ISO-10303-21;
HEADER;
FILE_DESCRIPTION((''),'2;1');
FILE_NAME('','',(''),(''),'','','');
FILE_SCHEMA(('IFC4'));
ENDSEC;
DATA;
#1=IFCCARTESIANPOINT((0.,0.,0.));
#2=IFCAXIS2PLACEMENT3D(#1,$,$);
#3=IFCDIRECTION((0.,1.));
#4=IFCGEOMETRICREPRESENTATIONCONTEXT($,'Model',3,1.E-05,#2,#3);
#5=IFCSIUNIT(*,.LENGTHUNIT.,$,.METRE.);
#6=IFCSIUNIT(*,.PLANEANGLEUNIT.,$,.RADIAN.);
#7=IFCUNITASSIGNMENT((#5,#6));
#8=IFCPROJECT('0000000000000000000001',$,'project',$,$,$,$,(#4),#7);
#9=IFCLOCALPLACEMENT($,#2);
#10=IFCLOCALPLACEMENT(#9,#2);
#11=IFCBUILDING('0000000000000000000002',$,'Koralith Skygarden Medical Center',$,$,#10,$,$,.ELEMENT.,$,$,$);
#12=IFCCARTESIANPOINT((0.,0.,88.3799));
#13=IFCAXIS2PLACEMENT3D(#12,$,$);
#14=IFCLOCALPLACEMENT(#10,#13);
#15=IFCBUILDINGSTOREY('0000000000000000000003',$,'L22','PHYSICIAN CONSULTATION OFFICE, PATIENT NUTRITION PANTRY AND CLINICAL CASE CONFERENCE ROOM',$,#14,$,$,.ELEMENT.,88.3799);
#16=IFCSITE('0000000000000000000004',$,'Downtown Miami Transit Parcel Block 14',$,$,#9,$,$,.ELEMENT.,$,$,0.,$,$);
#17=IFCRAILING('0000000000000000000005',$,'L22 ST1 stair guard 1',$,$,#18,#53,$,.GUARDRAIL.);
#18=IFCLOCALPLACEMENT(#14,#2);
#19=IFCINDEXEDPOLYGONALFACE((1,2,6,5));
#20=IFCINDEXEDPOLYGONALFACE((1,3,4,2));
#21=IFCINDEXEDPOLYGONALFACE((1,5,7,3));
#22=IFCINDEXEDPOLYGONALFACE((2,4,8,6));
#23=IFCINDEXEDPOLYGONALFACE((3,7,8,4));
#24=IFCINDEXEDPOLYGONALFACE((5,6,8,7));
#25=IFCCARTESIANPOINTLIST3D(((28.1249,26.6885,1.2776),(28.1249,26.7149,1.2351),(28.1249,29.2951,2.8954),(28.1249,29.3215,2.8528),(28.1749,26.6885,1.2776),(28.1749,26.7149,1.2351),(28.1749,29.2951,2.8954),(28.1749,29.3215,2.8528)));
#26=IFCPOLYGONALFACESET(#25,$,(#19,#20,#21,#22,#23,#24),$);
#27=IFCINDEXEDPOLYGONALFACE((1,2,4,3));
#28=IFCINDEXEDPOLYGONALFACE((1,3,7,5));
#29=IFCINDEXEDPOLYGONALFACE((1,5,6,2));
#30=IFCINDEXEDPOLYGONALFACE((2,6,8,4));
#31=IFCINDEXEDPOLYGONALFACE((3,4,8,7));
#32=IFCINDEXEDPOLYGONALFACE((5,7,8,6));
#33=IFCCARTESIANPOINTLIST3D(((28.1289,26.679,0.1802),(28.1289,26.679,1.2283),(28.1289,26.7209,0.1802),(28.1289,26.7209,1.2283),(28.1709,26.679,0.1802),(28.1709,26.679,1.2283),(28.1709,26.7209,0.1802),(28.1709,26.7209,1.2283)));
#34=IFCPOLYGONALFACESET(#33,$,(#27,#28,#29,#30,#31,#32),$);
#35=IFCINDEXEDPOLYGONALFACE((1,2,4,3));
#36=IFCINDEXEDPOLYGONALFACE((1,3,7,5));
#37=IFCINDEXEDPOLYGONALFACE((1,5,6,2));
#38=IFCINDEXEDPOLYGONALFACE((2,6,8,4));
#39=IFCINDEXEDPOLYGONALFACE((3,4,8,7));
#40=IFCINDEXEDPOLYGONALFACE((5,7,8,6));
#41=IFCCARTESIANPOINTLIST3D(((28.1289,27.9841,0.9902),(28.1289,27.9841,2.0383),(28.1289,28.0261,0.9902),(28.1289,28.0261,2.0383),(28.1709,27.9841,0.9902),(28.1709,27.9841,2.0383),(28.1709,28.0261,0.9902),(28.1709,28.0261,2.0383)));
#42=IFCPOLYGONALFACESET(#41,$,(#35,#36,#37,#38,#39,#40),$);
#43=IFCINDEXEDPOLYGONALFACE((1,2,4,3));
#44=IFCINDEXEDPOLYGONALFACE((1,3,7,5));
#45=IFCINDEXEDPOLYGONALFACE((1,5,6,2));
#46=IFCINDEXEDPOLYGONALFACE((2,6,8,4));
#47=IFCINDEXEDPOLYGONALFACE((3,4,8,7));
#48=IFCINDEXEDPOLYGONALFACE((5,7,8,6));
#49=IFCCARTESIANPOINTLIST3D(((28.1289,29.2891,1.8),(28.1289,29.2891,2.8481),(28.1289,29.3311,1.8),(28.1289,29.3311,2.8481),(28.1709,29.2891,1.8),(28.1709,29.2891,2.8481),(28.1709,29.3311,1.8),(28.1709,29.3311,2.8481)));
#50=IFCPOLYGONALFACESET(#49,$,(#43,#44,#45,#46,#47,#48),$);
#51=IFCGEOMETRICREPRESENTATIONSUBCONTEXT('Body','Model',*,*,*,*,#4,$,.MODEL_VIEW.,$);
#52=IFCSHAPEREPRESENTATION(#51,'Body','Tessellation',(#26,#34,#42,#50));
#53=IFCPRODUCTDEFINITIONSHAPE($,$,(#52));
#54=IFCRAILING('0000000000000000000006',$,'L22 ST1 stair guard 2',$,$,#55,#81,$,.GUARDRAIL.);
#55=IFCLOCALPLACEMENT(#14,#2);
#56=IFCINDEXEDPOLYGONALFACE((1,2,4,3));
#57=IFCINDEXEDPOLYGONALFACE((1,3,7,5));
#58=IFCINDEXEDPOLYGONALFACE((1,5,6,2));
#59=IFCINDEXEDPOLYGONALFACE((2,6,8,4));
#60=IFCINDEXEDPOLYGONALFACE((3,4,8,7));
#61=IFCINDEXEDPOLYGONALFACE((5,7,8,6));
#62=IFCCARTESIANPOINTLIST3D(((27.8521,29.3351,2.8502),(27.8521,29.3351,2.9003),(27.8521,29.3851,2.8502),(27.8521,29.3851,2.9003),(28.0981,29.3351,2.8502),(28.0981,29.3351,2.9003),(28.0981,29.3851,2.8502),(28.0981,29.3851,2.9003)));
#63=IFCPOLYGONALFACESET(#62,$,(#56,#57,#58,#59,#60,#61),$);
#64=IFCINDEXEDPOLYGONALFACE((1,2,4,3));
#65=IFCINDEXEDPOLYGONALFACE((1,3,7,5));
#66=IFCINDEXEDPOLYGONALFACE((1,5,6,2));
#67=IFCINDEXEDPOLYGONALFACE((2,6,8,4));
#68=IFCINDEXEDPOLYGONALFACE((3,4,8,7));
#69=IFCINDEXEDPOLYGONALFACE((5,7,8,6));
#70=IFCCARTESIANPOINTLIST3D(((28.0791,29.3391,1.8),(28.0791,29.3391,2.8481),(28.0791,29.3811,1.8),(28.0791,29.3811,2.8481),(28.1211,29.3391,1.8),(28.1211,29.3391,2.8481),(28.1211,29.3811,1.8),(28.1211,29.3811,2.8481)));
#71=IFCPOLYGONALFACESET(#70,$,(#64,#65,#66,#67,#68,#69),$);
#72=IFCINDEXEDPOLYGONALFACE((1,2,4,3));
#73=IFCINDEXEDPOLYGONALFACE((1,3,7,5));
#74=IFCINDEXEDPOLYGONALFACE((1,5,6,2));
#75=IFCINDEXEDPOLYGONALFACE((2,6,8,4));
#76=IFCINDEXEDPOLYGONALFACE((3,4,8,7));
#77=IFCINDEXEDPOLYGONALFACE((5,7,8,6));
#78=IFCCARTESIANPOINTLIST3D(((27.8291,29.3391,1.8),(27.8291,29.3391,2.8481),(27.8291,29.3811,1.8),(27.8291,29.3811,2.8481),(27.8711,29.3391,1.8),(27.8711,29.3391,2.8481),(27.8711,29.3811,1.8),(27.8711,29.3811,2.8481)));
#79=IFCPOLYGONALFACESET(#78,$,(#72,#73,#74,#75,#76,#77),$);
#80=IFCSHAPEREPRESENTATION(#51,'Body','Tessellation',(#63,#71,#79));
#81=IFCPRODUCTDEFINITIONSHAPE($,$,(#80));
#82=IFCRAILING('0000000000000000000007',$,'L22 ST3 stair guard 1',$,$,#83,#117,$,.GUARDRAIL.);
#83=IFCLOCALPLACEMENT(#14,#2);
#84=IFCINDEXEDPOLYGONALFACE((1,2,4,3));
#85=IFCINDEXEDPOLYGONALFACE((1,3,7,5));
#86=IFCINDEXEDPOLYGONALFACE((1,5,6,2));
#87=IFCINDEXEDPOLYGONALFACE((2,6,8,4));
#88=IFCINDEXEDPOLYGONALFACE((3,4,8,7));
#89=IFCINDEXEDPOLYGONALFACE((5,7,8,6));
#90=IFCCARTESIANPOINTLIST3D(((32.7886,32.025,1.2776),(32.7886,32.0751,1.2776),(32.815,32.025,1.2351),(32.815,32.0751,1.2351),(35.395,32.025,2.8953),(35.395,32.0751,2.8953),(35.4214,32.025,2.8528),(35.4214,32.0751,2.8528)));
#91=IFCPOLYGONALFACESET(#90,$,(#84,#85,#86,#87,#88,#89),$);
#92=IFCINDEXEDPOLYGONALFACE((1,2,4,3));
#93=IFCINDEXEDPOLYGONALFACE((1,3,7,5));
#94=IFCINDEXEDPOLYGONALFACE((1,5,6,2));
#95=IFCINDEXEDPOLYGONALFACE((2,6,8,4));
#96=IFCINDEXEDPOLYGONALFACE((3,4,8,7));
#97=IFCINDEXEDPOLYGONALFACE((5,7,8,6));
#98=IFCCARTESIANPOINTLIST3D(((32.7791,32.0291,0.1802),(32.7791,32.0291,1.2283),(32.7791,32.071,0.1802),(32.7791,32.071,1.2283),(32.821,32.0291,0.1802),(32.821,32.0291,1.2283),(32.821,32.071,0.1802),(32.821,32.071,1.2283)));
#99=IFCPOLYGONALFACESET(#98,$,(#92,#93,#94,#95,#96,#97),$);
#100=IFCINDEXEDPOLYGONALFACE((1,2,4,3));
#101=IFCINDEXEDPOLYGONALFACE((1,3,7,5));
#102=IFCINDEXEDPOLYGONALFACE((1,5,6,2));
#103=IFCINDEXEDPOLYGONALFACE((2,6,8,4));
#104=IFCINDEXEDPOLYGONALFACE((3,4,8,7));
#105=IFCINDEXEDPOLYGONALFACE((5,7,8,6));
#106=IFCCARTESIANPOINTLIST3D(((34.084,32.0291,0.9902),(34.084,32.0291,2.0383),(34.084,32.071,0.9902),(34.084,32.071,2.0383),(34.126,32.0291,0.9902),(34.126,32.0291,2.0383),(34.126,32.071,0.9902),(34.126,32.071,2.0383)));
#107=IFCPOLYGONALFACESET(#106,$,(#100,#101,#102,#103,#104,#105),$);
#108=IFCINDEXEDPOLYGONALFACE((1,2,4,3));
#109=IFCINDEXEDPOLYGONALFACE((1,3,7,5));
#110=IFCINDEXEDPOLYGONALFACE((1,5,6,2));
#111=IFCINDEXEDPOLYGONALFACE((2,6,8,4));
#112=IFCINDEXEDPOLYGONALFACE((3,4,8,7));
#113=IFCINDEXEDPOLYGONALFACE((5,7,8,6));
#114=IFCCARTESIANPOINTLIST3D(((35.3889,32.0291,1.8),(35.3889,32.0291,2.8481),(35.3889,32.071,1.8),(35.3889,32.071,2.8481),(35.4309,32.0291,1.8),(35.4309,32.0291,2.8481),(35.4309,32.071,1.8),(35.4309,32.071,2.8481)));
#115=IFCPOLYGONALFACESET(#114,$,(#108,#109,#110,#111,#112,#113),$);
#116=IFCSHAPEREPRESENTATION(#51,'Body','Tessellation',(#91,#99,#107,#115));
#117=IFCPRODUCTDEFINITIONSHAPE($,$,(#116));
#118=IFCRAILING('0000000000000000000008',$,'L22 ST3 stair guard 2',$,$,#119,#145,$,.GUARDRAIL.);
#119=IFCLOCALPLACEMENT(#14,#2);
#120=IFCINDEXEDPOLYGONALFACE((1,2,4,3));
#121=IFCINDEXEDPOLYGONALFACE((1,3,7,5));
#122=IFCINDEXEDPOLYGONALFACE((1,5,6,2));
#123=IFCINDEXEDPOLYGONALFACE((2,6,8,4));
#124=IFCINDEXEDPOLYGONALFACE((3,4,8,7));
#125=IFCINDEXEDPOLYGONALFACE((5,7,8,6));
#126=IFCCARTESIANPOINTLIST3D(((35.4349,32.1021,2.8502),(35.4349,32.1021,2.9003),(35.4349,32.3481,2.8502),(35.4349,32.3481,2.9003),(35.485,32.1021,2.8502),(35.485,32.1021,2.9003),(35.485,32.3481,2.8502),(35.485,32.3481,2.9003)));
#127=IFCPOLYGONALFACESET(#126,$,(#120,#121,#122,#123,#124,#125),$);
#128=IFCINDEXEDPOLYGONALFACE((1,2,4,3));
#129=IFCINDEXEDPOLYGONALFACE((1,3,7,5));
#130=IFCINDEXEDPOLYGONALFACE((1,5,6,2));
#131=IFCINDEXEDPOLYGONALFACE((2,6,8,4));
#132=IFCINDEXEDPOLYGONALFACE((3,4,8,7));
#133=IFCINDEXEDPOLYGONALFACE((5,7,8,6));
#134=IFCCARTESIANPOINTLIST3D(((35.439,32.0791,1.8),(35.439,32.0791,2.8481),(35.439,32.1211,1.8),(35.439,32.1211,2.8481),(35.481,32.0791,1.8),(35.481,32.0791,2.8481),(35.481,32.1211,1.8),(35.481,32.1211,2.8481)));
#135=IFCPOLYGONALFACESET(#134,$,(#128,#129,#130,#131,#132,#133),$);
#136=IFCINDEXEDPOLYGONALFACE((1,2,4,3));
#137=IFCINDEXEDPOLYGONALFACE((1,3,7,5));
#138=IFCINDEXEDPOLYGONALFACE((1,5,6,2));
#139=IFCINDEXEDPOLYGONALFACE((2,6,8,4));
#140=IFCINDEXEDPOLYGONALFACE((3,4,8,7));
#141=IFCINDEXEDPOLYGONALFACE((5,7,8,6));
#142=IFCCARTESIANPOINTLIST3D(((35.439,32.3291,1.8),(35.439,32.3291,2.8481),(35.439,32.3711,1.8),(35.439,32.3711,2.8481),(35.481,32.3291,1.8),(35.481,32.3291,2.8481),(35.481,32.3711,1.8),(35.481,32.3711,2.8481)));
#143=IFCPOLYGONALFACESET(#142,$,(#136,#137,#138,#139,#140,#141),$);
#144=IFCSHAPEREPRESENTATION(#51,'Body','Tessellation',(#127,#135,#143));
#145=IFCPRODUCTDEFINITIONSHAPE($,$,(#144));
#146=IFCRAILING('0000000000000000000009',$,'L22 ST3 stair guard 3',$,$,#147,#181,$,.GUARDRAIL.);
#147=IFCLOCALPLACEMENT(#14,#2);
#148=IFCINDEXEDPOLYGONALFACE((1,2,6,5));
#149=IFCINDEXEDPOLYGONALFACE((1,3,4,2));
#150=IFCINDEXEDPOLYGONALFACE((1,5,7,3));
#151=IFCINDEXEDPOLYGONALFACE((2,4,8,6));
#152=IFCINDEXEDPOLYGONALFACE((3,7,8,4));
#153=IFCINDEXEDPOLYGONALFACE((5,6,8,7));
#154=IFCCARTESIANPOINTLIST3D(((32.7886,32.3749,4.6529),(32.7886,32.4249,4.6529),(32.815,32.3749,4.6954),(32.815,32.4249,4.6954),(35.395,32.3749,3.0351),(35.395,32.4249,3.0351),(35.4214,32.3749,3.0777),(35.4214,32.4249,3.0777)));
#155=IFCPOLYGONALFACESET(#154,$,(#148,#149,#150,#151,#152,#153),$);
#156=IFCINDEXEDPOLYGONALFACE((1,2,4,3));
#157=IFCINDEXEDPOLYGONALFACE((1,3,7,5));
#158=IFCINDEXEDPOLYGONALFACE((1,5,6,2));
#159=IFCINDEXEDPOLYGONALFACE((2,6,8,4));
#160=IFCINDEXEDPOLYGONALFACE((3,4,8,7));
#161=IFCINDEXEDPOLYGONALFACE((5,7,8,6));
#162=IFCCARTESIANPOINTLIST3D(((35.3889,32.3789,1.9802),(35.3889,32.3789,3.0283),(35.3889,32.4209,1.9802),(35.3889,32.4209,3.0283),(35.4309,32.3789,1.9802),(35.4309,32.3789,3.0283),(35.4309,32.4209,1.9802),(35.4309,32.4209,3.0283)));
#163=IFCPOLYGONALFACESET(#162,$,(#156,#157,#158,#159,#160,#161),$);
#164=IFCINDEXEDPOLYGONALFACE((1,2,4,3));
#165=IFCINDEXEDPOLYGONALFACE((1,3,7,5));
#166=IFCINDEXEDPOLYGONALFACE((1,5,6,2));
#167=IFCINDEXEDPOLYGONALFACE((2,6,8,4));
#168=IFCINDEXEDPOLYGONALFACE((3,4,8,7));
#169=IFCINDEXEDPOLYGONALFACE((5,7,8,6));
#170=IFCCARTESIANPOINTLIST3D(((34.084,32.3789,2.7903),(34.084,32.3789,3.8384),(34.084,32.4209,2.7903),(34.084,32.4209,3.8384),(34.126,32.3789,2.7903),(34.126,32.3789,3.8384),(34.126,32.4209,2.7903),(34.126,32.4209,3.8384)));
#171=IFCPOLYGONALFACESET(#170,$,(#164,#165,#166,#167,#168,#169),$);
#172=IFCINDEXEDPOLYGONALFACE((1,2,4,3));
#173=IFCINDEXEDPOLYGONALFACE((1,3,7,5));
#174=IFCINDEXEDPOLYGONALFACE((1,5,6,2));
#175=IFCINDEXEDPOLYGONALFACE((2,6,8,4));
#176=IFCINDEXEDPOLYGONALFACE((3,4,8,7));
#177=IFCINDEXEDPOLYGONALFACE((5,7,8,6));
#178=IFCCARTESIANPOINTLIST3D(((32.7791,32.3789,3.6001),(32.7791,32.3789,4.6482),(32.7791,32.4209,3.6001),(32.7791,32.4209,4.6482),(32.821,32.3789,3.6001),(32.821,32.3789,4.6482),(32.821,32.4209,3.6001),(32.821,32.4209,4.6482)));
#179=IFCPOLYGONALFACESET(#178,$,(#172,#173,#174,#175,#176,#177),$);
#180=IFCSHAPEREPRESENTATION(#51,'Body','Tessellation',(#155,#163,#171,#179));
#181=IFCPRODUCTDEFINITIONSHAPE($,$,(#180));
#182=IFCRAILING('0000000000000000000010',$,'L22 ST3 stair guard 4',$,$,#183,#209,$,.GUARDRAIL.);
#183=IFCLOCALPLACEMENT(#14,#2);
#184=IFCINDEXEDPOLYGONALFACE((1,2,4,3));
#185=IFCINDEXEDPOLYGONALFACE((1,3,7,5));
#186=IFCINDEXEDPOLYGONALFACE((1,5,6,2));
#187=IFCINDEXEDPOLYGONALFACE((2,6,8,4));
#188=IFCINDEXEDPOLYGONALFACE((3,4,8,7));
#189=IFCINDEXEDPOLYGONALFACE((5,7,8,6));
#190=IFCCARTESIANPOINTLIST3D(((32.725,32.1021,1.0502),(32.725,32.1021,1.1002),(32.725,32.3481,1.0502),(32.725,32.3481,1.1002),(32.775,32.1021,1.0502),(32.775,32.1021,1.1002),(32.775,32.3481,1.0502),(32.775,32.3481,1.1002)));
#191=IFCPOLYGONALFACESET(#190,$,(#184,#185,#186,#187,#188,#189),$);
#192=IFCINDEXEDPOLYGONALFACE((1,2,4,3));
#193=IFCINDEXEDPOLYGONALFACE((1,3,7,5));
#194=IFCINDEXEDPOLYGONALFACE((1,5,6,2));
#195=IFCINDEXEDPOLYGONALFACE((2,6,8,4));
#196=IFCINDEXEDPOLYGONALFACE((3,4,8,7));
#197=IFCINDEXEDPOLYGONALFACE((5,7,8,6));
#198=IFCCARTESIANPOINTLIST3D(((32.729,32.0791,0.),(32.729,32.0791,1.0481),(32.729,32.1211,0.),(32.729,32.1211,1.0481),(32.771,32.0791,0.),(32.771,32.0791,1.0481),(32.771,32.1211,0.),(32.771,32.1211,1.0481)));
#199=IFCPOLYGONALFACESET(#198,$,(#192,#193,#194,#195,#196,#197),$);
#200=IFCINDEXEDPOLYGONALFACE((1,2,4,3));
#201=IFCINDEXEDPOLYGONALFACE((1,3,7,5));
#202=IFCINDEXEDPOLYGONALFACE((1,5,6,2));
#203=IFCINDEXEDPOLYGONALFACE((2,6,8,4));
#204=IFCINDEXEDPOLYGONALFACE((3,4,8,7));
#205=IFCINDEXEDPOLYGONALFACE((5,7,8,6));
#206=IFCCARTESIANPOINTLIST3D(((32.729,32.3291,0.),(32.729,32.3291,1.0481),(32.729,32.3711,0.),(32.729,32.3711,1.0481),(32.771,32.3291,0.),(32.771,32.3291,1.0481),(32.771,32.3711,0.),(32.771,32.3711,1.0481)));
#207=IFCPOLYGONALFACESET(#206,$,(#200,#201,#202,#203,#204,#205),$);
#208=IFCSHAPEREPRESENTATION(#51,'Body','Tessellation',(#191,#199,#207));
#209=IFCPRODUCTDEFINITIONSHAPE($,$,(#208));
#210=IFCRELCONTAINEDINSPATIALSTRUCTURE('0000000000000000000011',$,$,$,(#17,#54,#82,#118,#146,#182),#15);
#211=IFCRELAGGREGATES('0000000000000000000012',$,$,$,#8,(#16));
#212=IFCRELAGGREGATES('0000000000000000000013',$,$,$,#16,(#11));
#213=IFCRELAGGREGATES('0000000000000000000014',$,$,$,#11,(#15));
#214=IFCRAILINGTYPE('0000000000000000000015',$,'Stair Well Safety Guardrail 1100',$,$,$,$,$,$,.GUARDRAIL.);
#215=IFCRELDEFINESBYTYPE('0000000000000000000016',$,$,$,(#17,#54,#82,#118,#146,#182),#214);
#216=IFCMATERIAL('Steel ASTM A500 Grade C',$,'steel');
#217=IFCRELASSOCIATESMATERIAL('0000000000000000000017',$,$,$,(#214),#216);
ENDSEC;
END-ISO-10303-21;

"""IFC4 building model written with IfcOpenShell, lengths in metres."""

from ifc_helpers import new_model, si_unit, direction, frame, origin, origin_2d, place, context, subcontext, project, spatial, rectangle, extrude, material, type_object, element, save


model = new_model("IFC4")

# Units and contexts
model_context = context("Model", 3, precision=1e-05, world=origin(), true_north=direction((0.0, 1.0)))
body_context = subcontext(model_context, "Body", "Model", "MODEL_VIEW")
ifc_project = project(units=[si_unit("LENGTHUNIT", "METRE"), si_unit("PLANEANGLEUNIT", "RADIAN")], contexts=[model_context])

# Site, building, storey
site_placement = place(None, origin())
site = spatial("IfcSite", under=ifc_project, at=site_placement, Name="Downtown Miami Transit Parcel Block 14", CompositionType="ELEMENT", RefElevation=0.0)
building_placement = place(site_placement, origin())
building = spatial("IfcBuilding", under=site, at=building_placement, Name="Koralith Skygarden Medical Center", CompositionType="ELEMENT")
storey_placement = place(building_placement, frame((0.0, 0.0, 88.3799)))
storey = spatial("IfcBuildingStorey", under=building, at=storey_placement, Name="L22", Description="PHYSICIAN CONSULTATION OFFICE, PATIENT NUTRITION PANTRY AND CLINICAL CASE CONFERENCE ROOM", CompositionType="ELEMENT", Elevation=88.3799)

# Railings
ifc_material_1 = material(Name="Steel ASTM A500 Grade C", Category="steel")
railing_type_1 = type_object("IfcRailingType", Name="Stair Well Safety Guardrail 1100", PredefinedType="GUARDRAIL", material=ifc_material_1)
railing_1_placement = place(storey_placement, frame((28.1499, 26.7, 0.1802)))
element("IfcRailing", 1, at=railing_1_placement, inside=storey, type_object=railing_type_1, Name="L22 ST1 stair guard 1", PredefinedType="GUARDRAIL", context=body_context, shape_type="SweptSolid", body=[
    extrude(rectangle(XDim=0.05, YDim=0.05, at=origin_2d()), frame((0.0, 0.0017, 1.0762), z_axis=(0.0, 0.849668, 0.527317), x_axis=(-1.0, 0.0, 0.0)), (0.0, 0.0, 1.0), 3.0679),
    extrude(rectangle(XDim=0.042, YDim=0.042, at=origin_2d()), origin(), (0.0, 0.0, 1.0), 1.0481),
    extrude(rectangle(XDim=0.042, YDim=0.042, at=origin_2d()), frame((0.0, 1.3052, 0.8101)), (0.0, 0.0, 1.0), 1.0481),
    extrude(rectangle(XDim=0.042, YDim=0.042, at=origin_2d()), frame((0.0, 2.6101, 1.6199)), (0.0, 0.0, 1.0), 1.0481),
])
railing_2_placement = place(storey_placement, frame((28.1001, 29.3601, 1.8)))
element("IfcRailing", 2, at=railing_2_placement, inside=storey, type_object=railing_type_1, Name="L22 ST1 stair guard 2", PredefinedType="GUARDRAIL", context=body_context, shape_type="SweptSolid", body=[
    extrude(rectangle(XDim=0.05, YDim=0.05, at=origin_2d()), frame((-0.002, 0.0, 1.0752), z_axis=(-1.0, 0.0, 0.0), x_axis=(0.0, -1.0, 0.0)), (0.0, 0.0, 1.0), 0.2461),
    extrude(rectangle(XDim=0.042, YDim=0.042, at=origin_2d()), origin(), (0.0, 0.0, 1.0), 1.0481),
    extrude(rectangle(XDim=0.042, YDim=0.042, at=origin_2d()), frame((-0.25, 0.0, 0.0)), (0.0, 0.0, 1.0), 1.0481),
])
railing_3_placement = place(storey_placement, frame((32.8, 32.05, 0.1802)))
element("IfcRailing", 3, at=railing_3_placement, inside=storey, type_object=railing_type_1, Name="L22 ST3 stair guard 1", PredefinedType="GUARDRAIL", context=body_context, shape_type="SweptSolid", body=[
    extrude(rectangle(XDim=0.05, YDim=0.05, at=origin_2d()), frame((0.0017, 0.0, 1.0762), z_axis=(0.849646, 0.0, 0.527353), x_axis=(0.0, 1.0, 0.0)), (0.0, 0.0, 1.0), 3.0676),
    extrude(rectangle(XDim=0.042, YDim=0.042, at=origin_2d()), origin(), (0.0, 0.0, 1.0), 1.0481),
    extrude(rectangle(XDim=0.042, YDim=0.042, at=origin_2d()), frame((1.3049, 0.0, 0.8101)), (0.0, 0.0, 1.0), 1.0481),
    extrude(rectangle(XDim=0.042, YDim=0.042, at=origin_2d()), frame((2.6099, 0.0, 1.6199)), (0.0, 0.0, 1.0), 1.0481),
])
railing_4_placement = place(storey_placement, frame((35.46, 32.1001, 1.8)))
element("IfcRailing", 4, at=railing_4_placement, inside=storey, type_object=railing_type_1, Name="L22 ST3 stair guard 2", PredefinedType="GUARDRAIL", context=body_context, shape_type="SweptSolid", body=[
    extrude(rectangle(XDim=0.05, YDim=0.05, at=origin_2d()), frame((0.0, 0.002, 1.0752), z_axis=(0.0, 1.0, 0.0), x_axis=(-1.0, 0.0, 0.0)), (0.0, 0.0, 1.0), 0.2461),
    extrude(rectangle(XDim=0.042, YDim=0.042, at=origin_2d()), origin(), (0.0, 0.0, 1.0), 1.0481),
    extrude(rectangle(XDim=0.042, YDim=0.042, at=origin_2d()), frame((0.0, 0.25, 0.0)), (0.0, 0.0, 1.0), 1.0481),
])
railing_5_placement = place(storey_placement, frame((35.4099, 32.3999, 1.9802)))
element("IfcRailing", 5, at=railing_5_placement, inside=storey, type_object=railing_type_1, Name="L22 ST3 stair guard 3", PredefinedType="GUARDRAIL", context=body_context, shape_type="SweptSolid", body=[
    extrude(rectangle(XDim=0.05, YDim=0.05, at=origin_2d()), frame((-0.0017, 0.0, 1.0762), z_axis=(-0.849646, 0.0, 0.527353), x_axis=(0.0, -1.0, 0.0)), (0.0, 0.0, 1.0), 3.0676),
    extrude(rectangle(XDim=0.042, YDim=0.042, at=origin_2d()), origin(), (0.0, 0.0, 1.0), 1.0481),
    extrude(rectangle(XDim=0.042, YDim=0.042, at=origin_2d()), frame((-1.3049, 0.0, 0.8101)), (0.0, 0.0, 1.0), 1.0481),
    extrude(rectangle(XDim=0.042, YDim=0.042, at=origin_2d()), frame((-2.6099, 0.0, 1.6199)), (0.0, 0.0, 1.0), 1.0481),
])
railing_6_placement = place(storey_placement, frame((32.75, 32.1001, 0.0)))
element("IfcRailing", 6, at=railing_6_placement, inside=storey, type_object=railing_type_1, Name="L22 ST3 stair guard 4", PredefinedType="GUARDRAIL", context=body_context, shape_type="SweptSolid", body=[
    extrude(rectangle(XDim=0.05, YDim=0.05, at=origin_2d()), frame((0.0, 0.002, 1.0752), z_axis=(0.0, 1.0, 0.0), x_axis=(-1.0, 0.0, 0.0)), (0.0, 0.0, 1.0), 0.2461),
    extrude(rectangle(XDim=0.042, YDim=0.042, at=origin_2d()), origin(), (0.0, 0.0, 1.0), 1.0481),
    extrude(rectangle(XDim=0.042, YDim=0.042, at=origin_2d()), frame((0.0, 0.25, 0.0)), (0.0, 0.0, 1.0), 1.0481),
])

save(model, "model.ifc")
